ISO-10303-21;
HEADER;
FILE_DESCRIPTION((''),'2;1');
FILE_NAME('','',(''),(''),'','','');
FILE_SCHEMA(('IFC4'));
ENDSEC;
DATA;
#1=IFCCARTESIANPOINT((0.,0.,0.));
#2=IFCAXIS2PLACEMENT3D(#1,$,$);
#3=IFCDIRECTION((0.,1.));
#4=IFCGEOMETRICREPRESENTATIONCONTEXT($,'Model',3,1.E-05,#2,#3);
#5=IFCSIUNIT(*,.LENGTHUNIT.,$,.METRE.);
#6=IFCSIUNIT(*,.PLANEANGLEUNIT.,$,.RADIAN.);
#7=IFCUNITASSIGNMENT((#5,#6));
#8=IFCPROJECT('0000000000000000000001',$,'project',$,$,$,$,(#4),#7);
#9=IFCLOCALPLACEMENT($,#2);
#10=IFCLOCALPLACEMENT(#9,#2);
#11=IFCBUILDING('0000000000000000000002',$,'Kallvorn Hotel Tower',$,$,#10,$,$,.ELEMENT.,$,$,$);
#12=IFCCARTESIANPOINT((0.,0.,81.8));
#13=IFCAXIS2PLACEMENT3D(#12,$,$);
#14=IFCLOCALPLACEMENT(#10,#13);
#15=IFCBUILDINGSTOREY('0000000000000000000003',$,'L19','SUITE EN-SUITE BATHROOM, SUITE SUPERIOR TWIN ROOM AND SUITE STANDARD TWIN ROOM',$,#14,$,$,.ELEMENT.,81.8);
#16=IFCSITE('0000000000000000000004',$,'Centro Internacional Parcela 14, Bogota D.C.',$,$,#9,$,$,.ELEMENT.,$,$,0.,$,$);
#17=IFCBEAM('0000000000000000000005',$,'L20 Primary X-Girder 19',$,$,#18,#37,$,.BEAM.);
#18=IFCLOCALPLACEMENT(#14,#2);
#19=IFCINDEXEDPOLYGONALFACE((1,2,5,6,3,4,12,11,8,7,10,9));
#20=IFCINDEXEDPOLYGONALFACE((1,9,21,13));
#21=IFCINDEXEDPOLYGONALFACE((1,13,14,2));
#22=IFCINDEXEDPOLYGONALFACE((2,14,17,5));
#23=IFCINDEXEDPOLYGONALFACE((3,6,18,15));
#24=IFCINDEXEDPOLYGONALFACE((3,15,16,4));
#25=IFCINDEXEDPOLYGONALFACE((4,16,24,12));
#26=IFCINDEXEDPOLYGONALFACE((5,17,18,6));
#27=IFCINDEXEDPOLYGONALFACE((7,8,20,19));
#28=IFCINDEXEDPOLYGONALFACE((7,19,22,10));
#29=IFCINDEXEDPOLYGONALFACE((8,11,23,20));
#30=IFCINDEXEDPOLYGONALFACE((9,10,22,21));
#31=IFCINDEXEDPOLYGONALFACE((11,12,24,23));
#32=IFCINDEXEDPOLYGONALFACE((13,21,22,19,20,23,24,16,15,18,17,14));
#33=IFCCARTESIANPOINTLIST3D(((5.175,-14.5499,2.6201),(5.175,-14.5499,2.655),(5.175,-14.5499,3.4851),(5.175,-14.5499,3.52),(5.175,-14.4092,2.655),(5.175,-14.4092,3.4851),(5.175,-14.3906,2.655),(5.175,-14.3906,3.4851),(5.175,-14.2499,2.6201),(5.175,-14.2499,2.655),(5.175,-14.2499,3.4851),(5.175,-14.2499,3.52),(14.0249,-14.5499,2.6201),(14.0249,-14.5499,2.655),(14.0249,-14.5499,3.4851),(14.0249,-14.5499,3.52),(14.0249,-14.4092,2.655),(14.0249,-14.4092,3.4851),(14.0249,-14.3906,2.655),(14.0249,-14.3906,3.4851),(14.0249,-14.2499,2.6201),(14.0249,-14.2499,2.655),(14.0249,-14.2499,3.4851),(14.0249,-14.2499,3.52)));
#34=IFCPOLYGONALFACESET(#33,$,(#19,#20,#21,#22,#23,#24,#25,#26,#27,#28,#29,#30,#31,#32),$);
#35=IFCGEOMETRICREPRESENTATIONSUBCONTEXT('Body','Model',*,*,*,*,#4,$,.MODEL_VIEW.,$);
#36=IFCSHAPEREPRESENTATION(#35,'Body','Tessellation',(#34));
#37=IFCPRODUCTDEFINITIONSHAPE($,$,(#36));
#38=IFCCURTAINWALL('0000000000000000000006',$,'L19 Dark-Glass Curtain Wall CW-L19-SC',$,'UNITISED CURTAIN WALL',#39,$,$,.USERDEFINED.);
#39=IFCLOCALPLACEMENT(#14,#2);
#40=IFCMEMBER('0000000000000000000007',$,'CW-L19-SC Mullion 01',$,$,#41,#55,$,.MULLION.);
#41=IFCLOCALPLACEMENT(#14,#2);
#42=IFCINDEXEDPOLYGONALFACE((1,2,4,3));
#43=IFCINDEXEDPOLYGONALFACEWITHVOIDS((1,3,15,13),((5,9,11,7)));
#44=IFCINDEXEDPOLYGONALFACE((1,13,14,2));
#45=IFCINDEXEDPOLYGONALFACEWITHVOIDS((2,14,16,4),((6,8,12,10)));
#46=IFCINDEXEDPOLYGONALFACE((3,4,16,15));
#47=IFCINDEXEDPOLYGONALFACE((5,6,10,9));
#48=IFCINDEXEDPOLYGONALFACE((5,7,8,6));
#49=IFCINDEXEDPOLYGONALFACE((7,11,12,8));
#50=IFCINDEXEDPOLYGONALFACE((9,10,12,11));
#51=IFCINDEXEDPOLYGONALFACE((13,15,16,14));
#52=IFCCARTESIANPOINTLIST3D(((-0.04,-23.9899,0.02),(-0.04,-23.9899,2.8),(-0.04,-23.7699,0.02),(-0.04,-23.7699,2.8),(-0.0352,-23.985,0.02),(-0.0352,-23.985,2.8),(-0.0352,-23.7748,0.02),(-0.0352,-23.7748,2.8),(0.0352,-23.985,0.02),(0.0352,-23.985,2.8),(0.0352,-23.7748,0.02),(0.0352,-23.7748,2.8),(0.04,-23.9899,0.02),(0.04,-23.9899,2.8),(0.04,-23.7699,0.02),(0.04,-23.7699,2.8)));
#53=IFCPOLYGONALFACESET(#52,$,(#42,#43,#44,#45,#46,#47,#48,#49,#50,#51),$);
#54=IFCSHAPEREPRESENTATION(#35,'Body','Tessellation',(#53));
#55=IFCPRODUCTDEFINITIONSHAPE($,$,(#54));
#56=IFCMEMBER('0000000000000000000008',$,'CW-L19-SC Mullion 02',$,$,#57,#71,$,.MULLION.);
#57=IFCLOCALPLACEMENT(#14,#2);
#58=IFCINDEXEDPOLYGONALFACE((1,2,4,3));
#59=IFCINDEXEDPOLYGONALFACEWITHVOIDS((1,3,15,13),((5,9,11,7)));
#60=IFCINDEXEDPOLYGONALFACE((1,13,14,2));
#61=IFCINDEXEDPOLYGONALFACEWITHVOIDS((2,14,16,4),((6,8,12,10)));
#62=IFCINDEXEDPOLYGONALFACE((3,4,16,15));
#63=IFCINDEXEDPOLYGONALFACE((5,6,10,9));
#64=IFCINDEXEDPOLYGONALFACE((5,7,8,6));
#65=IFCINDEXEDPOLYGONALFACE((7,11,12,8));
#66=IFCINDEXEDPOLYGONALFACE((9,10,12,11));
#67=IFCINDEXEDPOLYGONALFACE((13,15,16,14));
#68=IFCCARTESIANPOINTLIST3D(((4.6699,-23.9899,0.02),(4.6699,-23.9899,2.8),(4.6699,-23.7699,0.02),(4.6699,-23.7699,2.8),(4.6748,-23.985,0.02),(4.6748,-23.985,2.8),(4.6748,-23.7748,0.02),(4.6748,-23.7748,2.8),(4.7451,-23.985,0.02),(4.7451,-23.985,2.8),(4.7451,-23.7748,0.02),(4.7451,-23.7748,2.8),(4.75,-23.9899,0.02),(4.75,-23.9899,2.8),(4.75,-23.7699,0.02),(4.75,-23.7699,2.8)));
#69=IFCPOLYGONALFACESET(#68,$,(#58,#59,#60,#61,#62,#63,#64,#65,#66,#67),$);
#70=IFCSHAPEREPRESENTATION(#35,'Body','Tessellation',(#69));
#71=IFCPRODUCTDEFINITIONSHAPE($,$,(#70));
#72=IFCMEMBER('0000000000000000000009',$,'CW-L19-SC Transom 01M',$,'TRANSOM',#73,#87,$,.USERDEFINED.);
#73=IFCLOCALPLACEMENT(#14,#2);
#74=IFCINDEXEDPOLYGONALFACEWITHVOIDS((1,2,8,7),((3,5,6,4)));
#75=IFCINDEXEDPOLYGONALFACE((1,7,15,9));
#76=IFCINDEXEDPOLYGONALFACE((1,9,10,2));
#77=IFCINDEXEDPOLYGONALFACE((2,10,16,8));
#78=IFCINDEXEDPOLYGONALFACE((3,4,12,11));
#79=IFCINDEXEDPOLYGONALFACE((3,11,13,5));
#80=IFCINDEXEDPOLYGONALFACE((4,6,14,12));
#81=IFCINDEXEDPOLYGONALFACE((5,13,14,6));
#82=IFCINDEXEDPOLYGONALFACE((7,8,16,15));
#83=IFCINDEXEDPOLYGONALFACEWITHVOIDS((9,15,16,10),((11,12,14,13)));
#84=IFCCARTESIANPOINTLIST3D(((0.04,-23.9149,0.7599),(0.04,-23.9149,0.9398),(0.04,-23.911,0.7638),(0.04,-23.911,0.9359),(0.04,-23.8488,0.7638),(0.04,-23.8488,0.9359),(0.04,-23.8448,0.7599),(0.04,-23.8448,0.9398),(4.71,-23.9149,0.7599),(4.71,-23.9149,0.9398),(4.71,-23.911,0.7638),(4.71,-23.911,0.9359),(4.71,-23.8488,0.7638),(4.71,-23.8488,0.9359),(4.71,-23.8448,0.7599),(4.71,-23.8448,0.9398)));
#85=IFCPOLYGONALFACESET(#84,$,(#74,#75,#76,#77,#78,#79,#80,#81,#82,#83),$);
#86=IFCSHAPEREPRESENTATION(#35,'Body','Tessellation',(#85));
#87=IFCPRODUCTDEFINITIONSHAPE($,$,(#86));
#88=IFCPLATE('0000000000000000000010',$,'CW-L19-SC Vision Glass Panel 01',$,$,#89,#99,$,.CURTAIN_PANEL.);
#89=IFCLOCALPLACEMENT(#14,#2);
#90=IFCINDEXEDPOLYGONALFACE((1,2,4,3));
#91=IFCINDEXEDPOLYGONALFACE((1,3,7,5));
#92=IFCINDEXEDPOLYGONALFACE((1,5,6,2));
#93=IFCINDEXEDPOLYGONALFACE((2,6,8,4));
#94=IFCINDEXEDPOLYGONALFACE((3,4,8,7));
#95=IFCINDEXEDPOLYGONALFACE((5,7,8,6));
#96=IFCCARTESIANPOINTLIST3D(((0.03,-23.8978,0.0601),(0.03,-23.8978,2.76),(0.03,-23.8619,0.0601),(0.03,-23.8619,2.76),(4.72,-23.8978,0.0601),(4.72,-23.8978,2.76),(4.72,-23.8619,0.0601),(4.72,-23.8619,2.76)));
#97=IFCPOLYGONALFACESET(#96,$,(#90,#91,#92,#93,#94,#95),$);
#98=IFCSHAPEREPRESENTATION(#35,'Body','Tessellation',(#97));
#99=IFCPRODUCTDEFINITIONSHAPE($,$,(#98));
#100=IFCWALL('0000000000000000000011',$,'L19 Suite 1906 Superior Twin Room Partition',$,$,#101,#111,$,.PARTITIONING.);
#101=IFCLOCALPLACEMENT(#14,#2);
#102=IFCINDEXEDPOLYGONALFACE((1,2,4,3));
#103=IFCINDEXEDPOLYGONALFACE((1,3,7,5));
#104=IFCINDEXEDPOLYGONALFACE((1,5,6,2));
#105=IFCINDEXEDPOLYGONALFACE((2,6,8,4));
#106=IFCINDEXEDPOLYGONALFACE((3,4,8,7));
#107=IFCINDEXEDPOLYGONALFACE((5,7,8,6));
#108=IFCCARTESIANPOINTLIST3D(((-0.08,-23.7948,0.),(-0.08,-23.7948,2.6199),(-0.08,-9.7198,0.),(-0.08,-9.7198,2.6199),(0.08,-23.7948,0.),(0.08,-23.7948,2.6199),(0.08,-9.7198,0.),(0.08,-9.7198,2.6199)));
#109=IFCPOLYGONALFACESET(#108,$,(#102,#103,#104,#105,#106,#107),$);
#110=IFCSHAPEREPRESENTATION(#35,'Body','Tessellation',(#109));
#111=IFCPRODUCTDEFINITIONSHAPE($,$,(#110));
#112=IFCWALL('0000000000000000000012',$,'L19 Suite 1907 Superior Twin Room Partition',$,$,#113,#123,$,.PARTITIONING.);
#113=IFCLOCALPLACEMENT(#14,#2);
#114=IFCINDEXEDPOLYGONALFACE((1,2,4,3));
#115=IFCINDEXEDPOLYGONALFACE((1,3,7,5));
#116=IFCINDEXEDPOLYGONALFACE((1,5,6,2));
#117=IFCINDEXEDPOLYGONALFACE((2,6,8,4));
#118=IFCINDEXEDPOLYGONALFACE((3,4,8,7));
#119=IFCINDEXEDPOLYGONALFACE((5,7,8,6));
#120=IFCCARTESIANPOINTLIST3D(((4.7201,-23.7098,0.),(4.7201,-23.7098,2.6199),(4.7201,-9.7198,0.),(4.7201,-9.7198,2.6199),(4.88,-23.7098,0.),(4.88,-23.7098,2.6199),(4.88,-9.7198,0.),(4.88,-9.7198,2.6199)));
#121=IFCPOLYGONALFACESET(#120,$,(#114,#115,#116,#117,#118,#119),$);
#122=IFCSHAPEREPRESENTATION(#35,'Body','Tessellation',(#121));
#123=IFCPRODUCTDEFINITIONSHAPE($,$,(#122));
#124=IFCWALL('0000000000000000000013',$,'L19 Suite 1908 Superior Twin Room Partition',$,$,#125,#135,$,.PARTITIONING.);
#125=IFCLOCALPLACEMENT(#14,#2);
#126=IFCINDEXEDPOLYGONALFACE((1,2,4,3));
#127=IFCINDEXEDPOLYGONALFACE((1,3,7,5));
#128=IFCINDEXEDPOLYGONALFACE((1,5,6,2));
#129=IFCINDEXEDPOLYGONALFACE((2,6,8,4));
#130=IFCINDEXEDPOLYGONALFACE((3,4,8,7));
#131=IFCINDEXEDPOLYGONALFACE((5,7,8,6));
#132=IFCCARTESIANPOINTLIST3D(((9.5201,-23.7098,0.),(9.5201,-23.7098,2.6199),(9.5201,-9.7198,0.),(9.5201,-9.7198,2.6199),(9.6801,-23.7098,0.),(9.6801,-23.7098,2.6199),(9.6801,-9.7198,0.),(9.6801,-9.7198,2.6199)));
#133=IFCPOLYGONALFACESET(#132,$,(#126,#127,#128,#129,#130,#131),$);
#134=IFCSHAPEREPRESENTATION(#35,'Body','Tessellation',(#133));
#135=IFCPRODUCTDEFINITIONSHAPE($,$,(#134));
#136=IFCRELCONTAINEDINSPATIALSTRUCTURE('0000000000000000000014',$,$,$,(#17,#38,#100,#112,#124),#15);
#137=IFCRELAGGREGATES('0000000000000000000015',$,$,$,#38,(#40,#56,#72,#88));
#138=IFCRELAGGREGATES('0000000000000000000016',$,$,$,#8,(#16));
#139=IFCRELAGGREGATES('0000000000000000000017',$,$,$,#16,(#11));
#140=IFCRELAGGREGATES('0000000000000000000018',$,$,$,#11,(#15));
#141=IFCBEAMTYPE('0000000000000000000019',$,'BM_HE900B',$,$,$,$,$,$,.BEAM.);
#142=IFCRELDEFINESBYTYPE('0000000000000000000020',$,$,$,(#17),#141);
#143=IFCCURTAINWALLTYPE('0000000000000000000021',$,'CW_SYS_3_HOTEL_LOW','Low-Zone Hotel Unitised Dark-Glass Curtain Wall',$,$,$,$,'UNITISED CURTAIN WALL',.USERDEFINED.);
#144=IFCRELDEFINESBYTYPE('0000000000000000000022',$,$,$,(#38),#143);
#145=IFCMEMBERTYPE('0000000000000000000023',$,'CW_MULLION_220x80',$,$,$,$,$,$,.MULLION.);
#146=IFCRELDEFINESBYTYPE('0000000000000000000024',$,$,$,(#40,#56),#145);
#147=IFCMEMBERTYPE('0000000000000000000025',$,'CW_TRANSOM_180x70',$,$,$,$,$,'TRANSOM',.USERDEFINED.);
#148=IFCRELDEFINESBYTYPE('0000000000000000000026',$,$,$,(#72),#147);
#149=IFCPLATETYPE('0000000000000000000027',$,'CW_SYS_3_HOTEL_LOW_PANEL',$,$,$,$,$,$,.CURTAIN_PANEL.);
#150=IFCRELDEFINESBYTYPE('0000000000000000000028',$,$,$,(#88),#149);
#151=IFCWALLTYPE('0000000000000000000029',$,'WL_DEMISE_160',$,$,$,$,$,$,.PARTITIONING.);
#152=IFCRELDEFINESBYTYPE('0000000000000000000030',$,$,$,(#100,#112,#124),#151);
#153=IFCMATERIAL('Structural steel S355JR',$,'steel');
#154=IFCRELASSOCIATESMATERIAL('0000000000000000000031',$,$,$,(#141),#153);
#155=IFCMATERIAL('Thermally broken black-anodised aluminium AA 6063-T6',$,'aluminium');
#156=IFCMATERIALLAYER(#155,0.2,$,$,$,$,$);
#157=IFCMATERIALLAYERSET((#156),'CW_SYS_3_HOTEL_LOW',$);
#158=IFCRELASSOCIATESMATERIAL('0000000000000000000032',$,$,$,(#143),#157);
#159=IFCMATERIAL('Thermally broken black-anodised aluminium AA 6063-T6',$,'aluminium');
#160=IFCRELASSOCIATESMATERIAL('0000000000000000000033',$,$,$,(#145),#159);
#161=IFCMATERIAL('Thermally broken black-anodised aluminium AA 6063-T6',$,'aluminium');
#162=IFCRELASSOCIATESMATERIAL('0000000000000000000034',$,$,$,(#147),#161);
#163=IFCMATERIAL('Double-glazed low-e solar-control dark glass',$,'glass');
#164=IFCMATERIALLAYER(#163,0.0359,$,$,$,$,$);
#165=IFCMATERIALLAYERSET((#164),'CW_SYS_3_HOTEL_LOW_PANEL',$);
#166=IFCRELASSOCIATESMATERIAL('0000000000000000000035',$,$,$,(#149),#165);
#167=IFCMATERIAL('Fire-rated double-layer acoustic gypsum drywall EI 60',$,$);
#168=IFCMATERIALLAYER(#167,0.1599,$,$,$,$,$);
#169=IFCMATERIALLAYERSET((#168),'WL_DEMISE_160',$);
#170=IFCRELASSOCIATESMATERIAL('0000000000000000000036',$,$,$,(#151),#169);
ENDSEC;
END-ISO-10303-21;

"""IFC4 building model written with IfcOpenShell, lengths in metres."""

from ifc_helpers import new_model, si_unit, direction, frame, frame_2d, origin, origin_2d, place, context, subcontext, project, spatial, rectangle, hollow_rectangle, i_section, extrude, material, layer, layer_set, material_profile, profile_set, type_object, element, aggregate, save


model = new_model("IFC4")

# Units and contexts
model_context = context("Model", 3, precision=1e-05, world=origin(), true_north=direction((0.0, 1.0)))
body_context = subcontext(model_context, "Body", "Model", "MODEL_VIEW")
ifc_project = project(units=[si_unit("LENGTHUNIT", "METRE"), si_unit("PLANEANGLEUNIT", "RADIAN")], contexts=[model_context])

# Site, building, storey
site_placement = place(None, origin())
site = spatial("IfcSite", under=ifc_project, at=site_placement, Name="Centro Internacional Parcela 14, Bogota D.C.", CompositionType="ELEMENT", RefElevation=0.0)
building_placement = place(site_placement, origin())
building = spatial("IfcBuilding", under=site, at=building_placement, Name="Kallvorn Hotel Tower", CompositionType="ELEMENT")
storey_placement = place(building_placement, frame((0.0, 0.0, 81.8)))
storey = spatial("IfcBuildingStorey", under=building, at=storey_placement, Name="L19", Description="SUITE EN-SUITE BATHROOM, SUITE SUPERIOR TWIN ROOM AND SUITE STANDARD TWIN ROOM", CompositionType="ELEMENT", Elevation=81.8)

# Beam
ifc_material_1 = material(Name="Structural steel S355JR", Category="steel")
ifc_material_profile_1 = material_profile(ifc_material_1, i_section(OverallWidth=0.3, OverallDepth=0.8999, WebThickness=0.0186, FlangeThickness=0.0349, at=origin_2d()), Name="HE 900 B")
ifc_profile_set_1 = profile_set([ifc_material_profile_1], Name="Structural steel S355JR")
beam_type_1 = type_object("IfcBeamType", Name="BM_HE900B", PredefinedType="BEAM", material=ifc_profile_set_1)
beam_1_placement = place(storey_placement, frame((5.175, -14.3999, 3.0701), z_axis=(1.0, 0.0, 0.0), x_axis=(0.0, 1.0, 0.0)))
element("IfcBeam", 1, at=beam_1_placement, inside=storey, type_object=beam_type_1, Name="L20 Primary X-Girder 19", PredefinedType="BEAM", context=body_context, shape_type="SweptSolid", body=[
    extrude(i_section(OverallWidth=0.3, OverallDepth=0.8999, WebThickness=0.0186, FlangeThickness=0.0349, at=origin_2d()), origin(), (0.0, 0.0, 1.0), 8.8499),
])

# Curtain wall, members, plate
ifc_material_2 = material(Name="Thermally broken black-anodised aluminium AA 6063-T6", Category="aluminium")
ifc_layer_1 = layer(ifc_material_2, 0.2)
ifc_layer_set_1 = layer_set([ifc_layer_1], Name="CW_SYS_3_HOTEL_LOW")
curtain_wall_type = type_object("IfcCurtainWallType", Name="CW_SYS_3_HOTEL_LOW", Description="Low-Zone Hotel Unitised Dark-Glass Curtain Wall", ElementType="UNITISED CURTAIN WALL", PredefinedType="USERDEFINED", material=ifc_layer_set_1)
curtain_wall_placement = place(storey_placement, origin())
curtain_wall = element("IfcCurtainWall", 2, at=curtain_wall_placement, inside=storey, type_object=curtain_wall_type, Name="L19 Dark-Glass Curtain Wall CW-L19-SC", ObjectType="UNITISED CURTAIN WALL", PredefinedType="USERDEFINED")
ifc_material_3 = material(Name="Thermally broken black-anodised aluminium AA 6063-T6", Category="aluminium")
ifc_material_profile_2 = material_profile(ifc_material_3, hollow_rectangle(XDim=0.0801, YDim=0.22, WallThickness=0.0049, at=origin_2d()), Name="MUL 220x80")
ifc_profile_set_2 = profile_set([ifc_material_profile_2], Name="Thermally broken black-anodised aluminium AA 6063-T6")
member_type_1 = type_object("IfcMemberType", Name="CW_MULLION_220x80", PredefinedType="MULLION", material=ifc_profile_set_2)
member_1_placement = place(storey_placement, frame((0.0, -23.8799, 0.02), z_axis=(0.0, 0.0, 1.0), x_axis=(1.0, 0.0, 0.0)))
member_1 = element("IfcMember", 3, at=member_1_placement, type_object=member_type_1, Name="CW-L19-SC Mullion 01", PredefinedType="MULLION", context=body_context, shape_type="SweptSolid", body=[
    extrude(hollow_rectangle(XDim=0.0801, YDim=0.22, WallThickness=0.0049, at=origin_2d()), origin(), (0.0, 0.0, 1.0), 2.78),
])
member_2_placement = place(storey_placement, frame((4.71, -23.8799, 0.02), z_axis=(0.0, 0.0, 1.0), x_axis=(1.0, 0.0, 0.0)))
member_2 = element("IfcMember", 4, at=member_2_placement, type_object=member_type_1, Name="CW-L19-SC Mullion 02", PredefinedType="MULLION", context=body_context, shape_type="SweptSolid", body=[
    extrude(hollow_rectangle(XDim=0.0801, YDim=0.22, WallThickness=0.0049, at=origin_2d()), origin(), (0.0, 0.0, 1.0), 2.78),
])
ifc_material_4 = material(Name="Thermally broken black-anodised aluminium AA 6063-T6", Category="aluminium")
ifc_material_profile_3 = material_profile(ifc_material_4, hollow_rectangle(XDim=0.0701, YDim=0.1799, WallThickness=0.0039, at=origin_2d()), Name="TRN 180x70")
ifc_profile_set_3 = profile_set([ifc_material_profile_3], Name="Thermally broken black-anodised aluminium AA 6063-T6")
member_type_2 = type_object("IfcMemberType", Name="CW_TRANSOM_180x70", ElementType="TRANSOM", PredefinedType="USERDEFINED", material=ifc_profile_set_3)
member_3_placement = place(storey_placement, frame((0.04, -23.8799, 0.8499), z_axis=(1.0, 0.0, 0.0), x_axis=(0.0, 1.0, 0.0)))
member_3 = element("IfcMember", 5, at=member_3_placement, type_object=member_type_2, Name="CW-L19-SC Transom 01M", ObjectType="TRANSOM", PredefinedType="USERDEFINED", context=body_context, shape_type="SweptSolid", body=[
    extrude(hollow_rectangle(XDim=0.0701, YDim=0.1799, WallThickness=0.0039, at=origin_2d()), origin(), (0.0, 0.0, 1.0), 4.6699),
])
ifc_material_5 = material(Name="Double-glazed low-e solar-control dark glass", Category="glass")
ifc_layer_2 = layer(ifc_material_5, 0.0359)
ifc_layer_set_2 = layer_set([ifc_layer_2], Name="CW_SYS_3_HOTEL_LOW_PANEL")
plate_type = type_object("IfcPlateType", Name="CW_SYS_3_HOTEL_LOW_PANEL", PredefinedType="CURTAIN_PANEL", material=ifc_layer_set_2)
plate_placement = place(storey_placement, frame((2.375, -23.8799, 0.0601), z_axis=(0.0, 0.0, 1.0), x_axis=(1.0, 0.0, 0.0)))
plate = element("IfcPlate", 6, at=plate_placement, type_object=plate_type, Name="CW-L19-SC Vision Glass Panel 01", PredefinedType="CURTAIN_PANEL", context=body_context, shape_type="SweptSolid", body=[
    extrude(rectangle(XDim=4.6899, YDim=0.0359, at=origin_2d()), origin(), (0.0, 0.0, 1.0), 2.7),
])
aggregate(curtain_wall, [member_1, member_2, member_3, plate])

# Walls
ifc_material_6 = material(Name="Fire-rated double-layer acoustic gypsum drywall EI 60")
ifc_layer_3 = layer(ifc_material_6, 0.1599)
ifc_layer_set_3 = layer_set([ifc_layer_3], Name="WL_DEMISE_160")
wall_type_1 = type_object("IfcWallType", Name="WL_DEMISE_160", PredefinedType="PARTITIONING", material=ifc_layer_set_3)
wall_1_placement = place(storey_placement, frame((0.0, -23.7949, 0.0), z_axis=(0.0, 0.0, 1.0), x_axis=(0.0, 1.0, 0.0)))
element("IfcWall", 7, at=wall_1_placement, inside=storey, type_object=wall_type_1, Name="L19 Suite 1906 Superior Twin Room Partition", PredefinedType="PARTITIONING", context=body_context, shape_type="SweptSolid", body=[
    extrude(rectangle(XDim=14.075, YDim=0.1599, at=frame_2d((7.0376, 0.0))), origin(), (0.0, 0.0, 1.0), 2.6199),
])
for number, where, z_axis, x_axis, name in (
    (8, (4.8, -23.71, 0.0), (0.0, 0.0, 1.0), (0.0, 1.0, 0.0), "L19 Suite 1907 Superior Twin Room Partition"),
    (9, (9.6001, -23.71, 0.0), (0.0, 0.0, 1.0), (0.0, 1.0, 0.0), "L19 Suite 1908 Superior Twin Room Partition"),
):
    element("IfcWall", number, at=place(storey_placement, frame(where, z_axis=z_axis, x_axis=x_axis)), inside=storey, type_object=wall_type_1, Name=name, PredefinedType="PARTITIONING", context=body_context, shape_type="SweptSolid", body=[
        extrude(rectangle(XDim=13.99, YDim=0.1599, at=frame_2d((6.9951, 0.0))), origin(), (0.0, 0.0, 1.0), 2.6199),
    ])

save(model, "model.ifc")
